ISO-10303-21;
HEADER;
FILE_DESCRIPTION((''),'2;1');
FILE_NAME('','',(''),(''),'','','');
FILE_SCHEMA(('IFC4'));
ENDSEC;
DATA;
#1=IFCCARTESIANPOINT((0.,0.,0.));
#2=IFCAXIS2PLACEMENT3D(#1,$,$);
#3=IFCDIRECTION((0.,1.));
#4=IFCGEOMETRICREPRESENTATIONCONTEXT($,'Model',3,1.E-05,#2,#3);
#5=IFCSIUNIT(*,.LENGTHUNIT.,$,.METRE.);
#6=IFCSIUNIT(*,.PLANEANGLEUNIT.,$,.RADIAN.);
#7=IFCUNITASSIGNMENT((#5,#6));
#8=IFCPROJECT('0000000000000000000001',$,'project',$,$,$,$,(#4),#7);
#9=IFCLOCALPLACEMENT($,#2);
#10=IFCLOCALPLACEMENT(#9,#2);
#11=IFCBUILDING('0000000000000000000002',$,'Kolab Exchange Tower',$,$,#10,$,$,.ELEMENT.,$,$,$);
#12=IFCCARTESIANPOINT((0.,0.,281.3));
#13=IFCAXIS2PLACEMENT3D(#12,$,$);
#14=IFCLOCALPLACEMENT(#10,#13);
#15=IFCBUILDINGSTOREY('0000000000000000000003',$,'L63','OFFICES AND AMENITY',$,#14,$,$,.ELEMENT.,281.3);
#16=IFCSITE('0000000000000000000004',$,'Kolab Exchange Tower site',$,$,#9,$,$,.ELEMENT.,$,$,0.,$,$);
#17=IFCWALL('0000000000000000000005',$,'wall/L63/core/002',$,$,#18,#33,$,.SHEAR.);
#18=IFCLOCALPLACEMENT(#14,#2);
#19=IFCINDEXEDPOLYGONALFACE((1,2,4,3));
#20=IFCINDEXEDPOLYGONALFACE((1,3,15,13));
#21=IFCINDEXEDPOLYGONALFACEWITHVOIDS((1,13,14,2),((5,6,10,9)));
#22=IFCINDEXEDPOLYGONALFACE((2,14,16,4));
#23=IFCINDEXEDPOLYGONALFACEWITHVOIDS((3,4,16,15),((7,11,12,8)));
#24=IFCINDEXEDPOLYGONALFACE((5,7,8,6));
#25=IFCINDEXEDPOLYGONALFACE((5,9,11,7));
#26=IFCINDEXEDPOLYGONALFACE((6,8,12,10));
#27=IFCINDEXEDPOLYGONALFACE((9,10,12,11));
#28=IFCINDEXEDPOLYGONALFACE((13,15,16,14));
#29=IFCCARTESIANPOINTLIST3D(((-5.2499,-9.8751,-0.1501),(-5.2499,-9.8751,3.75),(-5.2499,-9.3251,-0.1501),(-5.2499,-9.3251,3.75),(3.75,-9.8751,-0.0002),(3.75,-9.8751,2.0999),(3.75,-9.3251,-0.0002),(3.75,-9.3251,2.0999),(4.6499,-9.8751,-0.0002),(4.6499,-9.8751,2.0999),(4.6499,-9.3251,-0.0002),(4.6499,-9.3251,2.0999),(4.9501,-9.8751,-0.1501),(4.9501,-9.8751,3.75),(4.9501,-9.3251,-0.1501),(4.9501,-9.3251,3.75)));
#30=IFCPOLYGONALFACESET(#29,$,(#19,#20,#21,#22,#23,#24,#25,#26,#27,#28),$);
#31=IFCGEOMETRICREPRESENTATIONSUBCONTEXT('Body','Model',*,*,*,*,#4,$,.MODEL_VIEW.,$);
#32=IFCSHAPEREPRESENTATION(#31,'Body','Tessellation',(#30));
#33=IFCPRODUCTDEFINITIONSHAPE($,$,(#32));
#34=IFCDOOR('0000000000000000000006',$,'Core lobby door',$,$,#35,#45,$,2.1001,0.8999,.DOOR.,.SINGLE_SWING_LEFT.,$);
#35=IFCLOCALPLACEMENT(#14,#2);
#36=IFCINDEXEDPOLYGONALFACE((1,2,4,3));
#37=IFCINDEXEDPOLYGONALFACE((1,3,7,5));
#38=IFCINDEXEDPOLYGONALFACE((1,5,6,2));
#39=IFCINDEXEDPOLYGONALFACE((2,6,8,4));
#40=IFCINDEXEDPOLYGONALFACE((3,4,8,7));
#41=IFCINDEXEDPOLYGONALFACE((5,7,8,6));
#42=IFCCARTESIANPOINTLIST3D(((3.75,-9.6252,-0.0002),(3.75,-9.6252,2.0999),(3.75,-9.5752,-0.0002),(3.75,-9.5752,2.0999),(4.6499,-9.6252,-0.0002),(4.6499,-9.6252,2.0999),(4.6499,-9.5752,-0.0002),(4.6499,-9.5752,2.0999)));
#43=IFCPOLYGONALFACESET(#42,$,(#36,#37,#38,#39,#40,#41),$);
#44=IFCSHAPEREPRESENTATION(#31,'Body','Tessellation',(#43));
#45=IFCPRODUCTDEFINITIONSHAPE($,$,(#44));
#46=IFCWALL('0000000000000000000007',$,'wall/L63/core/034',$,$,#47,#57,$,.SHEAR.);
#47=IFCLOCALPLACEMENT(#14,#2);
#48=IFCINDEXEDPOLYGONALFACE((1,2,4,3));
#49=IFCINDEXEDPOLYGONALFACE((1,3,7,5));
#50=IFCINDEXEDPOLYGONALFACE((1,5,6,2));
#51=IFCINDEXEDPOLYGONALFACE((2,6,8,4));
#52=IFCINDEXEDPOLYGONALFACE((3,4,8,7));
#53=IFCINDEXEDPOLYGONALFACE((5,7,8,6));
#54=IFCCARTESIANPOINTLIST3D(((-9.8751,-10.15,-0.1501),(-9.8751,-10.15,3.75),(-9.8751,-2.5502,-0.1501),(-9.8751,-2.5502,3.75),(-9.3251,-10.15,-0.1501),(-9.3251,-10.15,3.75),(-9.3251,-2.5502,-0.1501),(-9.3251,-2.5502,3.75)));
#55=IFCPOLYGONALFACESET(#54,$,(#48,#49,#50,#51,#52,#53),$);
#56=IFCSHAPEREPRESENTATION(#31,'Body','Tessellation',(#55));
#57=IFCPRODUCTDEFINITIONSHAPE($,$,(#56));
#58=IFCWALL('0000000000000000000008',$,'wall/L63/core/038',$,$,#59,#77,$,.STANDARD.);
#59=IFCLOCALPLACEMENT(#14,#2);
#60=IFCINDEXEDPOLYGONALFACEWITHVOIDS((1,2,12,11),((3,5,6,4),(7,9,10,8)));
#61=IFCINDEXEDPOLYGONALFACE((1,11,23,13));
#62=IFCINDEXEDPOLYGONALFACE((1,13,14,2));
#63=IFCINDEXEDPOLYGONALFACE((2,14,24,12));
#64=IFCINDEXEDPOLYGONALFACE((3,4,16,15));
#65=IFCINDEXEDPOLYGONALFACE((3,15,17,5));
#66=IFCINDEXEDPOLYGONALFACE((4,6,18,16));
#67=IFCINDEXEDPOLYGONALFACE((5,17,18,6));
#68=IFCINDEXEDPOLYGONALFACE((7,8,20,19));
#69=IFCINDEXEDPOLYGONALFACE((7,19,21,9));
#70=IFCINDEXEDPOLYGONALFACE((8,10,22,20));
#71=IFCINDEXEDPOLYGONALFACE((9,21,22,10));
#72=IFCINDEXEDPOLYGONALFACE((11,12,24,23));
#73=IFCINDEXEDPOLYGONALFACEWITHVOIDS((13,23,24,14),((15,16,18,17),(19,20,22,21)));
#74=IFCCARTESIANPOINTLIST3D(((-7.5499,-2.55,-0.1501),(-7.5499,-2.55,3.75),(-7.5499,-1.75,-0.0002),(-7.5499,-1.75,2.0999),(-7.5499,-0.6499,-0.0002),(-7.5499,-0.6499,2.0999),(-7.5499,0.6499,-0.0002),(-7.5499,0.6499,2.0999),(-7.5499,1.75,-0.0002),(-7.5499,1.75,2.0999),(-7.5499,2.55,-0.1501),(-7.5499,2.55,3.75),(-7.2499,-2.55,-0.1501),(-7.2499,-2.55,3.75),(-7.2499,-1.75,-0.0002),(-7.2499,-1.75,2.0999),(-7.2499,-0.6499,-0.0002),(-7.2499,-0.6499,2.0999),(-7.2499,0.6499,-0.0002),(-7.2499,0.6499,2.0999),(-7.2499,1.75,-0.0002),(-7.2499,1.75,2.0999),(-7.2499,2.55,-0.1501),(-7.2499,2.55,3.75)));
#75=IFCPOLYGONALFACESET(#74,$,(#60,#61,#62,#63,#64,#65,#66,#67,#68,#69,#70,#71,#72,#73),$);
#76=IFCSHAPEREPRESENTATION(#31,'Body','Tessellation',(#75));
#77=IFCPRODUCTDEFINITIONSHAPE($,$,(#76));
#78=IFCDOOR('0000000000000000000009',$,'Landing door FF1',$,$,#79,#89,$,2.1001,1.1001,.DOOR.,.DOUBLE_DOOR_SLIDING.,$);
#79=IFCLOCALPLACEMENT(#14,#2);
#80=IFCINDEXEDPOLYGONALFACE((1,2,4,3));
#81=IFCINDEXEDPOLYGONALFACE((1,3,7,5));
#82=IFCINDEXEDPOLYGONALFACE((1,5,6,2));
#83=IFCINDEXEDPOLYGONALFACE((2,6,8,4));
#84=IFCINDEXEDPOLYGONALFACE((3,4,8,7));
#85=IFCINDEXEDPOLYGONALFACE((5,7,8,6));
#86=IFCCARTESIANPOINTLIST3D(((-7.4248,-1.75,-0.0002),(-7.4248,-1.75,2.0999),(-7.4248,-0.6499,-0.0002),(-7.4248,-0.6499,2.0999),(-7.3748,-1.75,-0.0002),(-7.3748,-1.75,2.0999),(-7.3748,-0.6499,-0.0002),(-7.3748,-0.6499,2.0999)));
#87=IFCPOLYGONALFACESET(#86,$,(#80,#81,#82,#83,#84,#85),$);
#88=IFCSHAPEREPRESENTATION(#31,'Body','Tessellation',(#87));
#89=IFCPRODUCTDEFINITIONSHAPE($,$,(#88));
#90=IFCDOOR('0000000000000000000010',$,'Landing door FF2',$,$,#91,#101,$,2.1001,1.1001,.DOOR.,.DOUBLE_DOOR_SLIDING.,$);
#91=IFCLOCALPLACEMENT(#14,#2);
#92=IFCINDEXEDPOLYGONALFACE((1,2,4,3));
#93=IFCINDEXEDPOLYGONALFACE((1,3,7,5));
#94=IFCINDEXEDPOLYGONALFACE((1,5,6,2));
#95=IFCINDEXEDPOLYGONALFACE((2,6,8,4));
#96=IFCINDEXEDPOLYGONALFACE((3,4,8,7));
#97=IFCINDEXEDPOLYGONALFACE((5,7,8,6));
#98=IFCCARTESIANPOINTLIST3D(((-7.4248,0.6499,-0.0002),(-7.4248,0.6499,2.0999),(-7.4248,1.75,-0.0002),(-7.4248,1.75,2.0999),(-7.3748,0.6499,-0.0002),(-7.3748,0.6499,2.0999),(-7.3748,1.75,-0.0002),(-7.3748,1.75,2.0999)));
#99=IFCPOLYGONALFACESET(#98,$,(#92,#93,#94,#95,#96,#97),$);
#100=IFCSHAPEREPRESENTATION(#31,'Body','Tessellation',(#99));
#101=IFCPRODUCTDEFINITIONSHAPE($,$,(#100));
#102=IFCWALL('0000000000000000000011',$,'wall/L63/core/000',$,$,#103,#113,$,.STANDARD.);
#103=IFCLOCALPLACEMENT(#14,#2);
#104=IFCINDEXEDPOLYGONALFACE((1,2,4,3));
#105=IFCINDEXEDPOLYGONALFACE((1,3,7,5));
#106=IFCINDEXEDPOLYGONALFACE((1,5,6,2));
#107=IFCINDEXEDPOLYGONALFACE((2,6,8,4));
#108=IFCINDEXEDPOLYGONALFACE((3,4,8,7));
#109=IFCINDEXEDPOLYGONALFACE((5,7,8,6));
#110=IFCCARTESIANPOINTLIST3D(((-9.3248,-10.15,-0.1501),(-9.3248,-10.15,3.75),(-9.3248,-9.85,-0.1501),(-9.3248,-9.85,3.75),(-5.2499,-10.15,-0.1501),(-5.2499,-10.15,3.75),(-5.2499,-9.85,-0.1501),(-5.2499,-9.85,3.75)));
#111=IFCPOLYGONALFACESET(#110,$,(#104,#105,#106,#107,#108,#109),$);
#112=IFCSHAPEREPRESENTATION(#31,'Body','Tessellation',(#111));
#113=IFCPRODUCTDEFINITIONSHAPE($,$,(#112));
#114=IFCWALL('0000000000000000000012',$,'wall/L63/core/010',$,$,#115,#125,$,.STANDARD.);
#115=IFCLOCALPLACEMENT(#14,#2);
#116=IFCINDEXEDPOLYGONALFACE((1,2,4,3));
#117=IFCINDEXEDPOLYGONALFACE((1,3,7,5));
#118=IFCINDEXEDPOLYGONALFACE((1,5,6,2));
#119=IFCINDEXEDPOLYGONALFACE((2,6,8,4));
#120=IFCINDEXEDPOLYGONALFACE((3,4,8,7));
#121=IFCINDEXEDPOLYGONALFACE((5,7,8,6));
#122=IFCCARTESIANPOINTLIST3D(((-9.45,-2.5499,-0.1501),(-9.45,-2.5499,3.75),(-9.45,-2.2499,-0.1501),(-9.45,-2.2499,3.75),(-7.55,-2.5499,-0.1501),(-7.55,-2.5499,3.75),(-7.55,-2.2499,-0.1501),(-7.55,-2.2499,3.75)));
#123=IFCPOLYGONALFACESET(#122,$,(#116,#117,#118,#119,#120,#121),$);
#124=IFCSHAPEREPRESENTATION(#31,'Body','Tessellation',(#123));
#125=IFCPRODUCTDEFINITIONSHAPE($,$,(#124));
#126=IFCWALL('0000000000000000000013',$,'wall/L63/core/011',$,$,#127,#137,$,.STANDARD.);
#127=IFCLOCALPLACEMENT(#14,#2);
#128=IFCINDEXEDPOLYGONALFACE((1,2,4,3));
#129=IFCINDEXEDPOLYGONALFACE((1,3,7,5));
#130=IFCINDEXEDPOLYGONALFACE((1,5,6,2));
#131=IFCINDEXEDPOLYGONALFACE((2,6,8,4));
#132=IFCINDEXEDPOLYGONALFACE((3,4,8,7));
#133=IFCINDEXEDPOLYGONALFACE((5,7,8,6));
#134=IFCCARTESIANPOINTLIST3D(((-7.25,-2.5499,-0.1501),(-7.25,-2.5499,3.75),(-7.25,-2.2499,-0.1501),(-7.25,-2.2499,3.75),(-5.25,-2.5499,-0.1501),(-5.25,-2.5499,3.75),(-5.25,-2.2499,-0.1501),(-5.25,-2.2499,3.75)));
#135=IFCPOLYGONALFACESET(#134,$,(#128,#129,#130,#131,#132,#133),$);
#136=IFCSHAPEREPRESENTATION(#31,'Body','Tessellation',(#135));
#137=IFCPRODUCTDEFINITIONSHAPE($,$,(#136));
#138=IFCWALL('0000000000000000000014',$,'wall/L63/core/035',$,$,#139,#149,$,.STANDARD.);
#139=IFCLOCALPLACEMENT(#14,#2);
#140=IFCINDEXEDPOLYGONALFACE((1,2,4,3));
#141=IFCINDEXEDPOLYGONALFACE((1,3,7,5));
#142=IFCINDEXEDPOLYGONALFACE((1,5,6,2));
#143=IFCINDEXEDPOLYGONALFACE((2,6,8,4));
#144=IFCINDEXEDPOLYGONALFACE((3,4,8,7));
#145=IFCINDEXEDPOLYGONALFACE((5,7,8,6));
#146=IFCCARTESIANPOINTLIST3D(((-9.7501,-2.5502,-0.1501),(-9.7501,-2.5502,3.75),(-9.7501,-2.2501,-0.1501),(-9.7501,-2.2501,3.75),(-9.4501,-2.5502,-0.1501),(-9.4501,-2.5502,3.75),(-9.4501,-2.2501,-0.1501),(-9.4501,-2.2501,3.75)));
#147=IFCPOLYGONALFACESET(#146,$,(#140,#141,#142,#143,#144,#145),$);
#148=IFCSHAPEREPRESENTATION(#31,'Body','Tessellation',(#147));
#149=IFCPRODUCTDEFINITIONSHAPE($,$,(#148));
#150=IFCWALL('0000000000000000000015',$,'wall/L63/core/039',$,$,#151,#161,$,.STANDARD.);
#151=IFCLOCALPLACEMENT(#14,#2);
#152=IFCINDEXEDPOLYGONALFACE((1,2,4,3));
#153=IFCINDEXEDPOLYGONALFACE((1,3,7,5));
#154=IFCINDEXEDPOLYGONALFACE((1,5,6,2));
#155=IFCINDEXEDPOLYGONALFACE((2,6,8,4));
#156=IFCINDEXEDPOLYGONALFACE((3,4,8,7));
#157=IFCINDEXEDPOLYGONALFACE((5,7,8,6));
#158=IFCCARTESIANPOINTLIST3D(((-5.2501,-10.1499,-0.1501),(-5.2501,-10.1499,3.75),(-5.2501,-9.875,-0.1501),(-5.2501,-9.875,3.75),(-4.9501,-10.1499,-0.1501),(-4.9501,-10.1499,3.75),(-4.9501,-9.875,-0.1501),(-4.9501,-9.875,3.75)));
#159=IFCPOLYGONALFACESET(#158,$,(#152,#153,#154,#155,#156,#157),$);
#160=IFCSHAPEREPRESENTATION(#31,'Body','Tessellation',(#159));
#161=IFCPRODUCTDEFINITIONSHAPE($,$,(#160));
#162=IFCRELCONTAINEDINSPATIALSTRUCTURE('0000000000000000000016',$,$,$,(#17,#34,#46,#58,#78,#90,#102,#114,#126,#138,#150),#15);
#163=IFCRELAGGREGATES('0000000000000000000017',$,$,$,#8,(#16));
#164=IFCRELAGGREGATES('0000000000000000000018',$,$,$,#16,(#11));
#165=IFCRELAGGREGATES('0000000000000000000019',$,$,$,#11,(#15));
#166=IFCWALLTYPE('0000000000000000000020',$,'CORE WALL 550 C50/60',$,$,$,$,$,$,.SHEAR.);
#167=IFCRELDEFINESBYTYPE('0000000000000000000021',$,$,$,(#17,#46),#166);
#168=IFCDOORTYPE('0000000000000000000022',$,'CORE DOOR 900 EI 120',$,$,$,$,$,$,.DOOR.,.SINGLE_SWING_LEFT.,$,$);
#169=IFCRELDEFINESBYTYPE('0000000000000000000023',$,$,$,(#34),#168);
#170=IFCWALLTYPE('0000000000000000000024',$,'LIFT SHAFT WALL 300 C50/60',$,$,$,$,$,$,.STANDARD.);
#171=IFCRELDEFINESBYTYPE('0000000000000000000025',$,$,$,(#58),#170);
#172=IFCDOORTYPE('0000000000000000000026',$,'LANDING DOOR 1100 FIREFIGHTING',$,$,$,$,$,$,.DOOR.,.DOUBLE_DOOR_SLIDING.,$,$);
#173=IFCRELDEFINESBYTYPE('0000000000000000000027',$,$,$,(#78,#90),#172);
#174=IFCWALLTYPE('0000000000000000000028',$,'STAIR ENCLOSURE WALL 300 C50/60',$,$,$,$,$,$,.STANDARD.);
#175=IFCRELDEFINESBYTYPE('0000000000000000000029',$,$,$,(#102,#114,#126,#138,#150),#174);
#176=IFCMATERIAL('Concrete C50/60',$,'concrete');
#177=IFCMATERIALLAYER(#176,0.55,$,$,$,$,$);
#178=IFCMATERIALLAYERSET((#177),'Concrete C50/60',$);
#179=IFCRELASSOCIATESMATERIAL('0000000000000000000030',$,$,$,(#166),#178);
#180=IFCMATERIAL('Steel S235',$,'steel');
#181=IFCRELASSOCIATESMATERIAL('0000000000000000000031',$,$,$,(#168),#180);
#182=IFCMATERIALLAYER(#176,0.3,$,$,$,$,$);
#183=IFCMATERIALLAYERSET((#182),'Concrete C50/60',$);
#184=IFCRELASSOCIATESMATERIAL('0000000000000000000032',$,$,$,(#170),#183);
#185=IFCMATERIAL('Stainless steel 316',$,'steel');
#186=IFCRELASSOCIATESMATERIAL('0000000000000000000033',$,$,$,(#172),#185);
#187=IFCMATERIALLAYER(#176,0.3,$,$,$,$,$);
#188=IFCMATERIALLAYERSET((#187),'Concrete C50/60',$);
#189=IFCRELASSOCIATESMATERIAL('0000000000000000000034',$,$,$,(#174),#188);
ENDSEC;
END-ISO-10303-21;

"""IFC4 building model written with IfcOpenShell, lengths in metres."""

from ifc_helpers import new_model, si_unit, direction, frame, frame_2d, origin, place, context, subcontext, project, spatial, rectangle, extrude, material, layer, layer_set, type_object, element, fill, save


model = new_model("IFC4")

# Units and contexts
model_context = context("Model", 3, precision=1e-05, world=origin(), true_north=direction((0.0, 1.0)))
body_context = subcontext(model_context, "Body", "Model", "MODEL_VIEW")
ifc_project = project(units=[si_unit("LENGTHUNIT", "METRE"), si_unit("PLANEANGLEUNIT", "RADIAN")], contexts=[model_context])

# Site, building, storey
site_placement = place(None, origin())
site = spatial("IfcSite", under=ifc_project, at=site_placement, Name="Kolab Exchange Tower site", CompositionType="ELEMENT", RefElevation=0.0)
building_placement = place(site_placement, origin())
building = spatial("IfcBuilding", under=site, at=building_placement, Name="Kolab Exchange Tower", CompositionType="ELEMENT")
storey_placement = place(building_placement, frame((0.0, 0.0, 281.3)))
storey = spatial("IfcBuildingStorey", under=building, at=storey_placement, Name="L63", Description="OFFICES AND AMENITY", CompositionType="ELEMENT", Elevation=281.3)

# Wall, opening, door
ifc_material_1 = material(Name="Concrete C50/60", Category="concrete")
ifc_layer_1 = layer(ifc_material_1, 0.55)
ifc_layer_set_1 = layer_set([ifc_layer_1], Name="Concrete C50/60")
wall_type_1 = type_object("IfcWallType", Name="CORE WALL 550 C50/60", PredefinedType="SHEAR", material=ifc_layer_set_1)
wall_1_placement = place(storey_placement, frame((-5.25, -9.6001, -0.1501), z_axis=(0.0, 0.0, 1.0), x_axis=(1.0, 0.0, 0.0)))
wall_1 = element("IfcWall", 1, at=wall_1_placement, inside=storey, type_object=wall_type_1, Name="wall/L63/core/002", PredefinedType="SHEAR", context=body_context, shape_type="SweptSolid", body=[
    extrude(rectangle(XDim=10.2, YDim=0.55, at=frame_2d((5.1001, 0.0))), origin(), (0.0, 0.0, 1.0), 3.9001),
])
opening_1_placement = place(wall_1_placement, frame((9.0, 0.0, 0.1499)))
opening_1 = element("IfcOpeningElement", 2, at=opening_1_placement, cuts=wall_1, PredefinedType="OPENING", context=body_context, shape_type="SweptSolid", body=[
    extrude(rectangle(XDim=0.8999, YDim=2.1001, at=frame_2d((0.45, 1.05))), frame((0.0, 0.2852, 0.0), z_axis=(0.0, -1.0, 0.0), x_axis=(1.0, 0.0, 0.0)), (0.0, 0.0, 1.0), 0.5701),
])
ifc_material_2 = material(Name="Steel S235", Category="steel")
door_type_1 = type_object("IfcDoorType", Name="CORE DOOR 900 EI 120", OperationType="SINGLE_SWING_LEFT", PredefinedType="DOOR", material=ifc_material_2)
door_1_placement = place(opening_1_placement, origin())
door_1 = element("IfcDoor", 3, at=door_1_placement, inside=storey, type_object=door_type_1, Name="Core lobby door", OperationType="SINGLE_SWING_LEFT", OverallHeight=2.1001, OverallWidth=0.8999, PredefinedType="DOOR", context=body_context, shape_type="SweptSolid", body=[
    extrude(rectangle(XDim=0.8999, YDim=2.1001, at=frame_2d((0.45, 1.05))), frame((0.0, 0.0249, 0.0), z_axis=(0.0, -1.0, 0.0), x_axis=(1.0, 0.0, 0.0)), (0.0, 0.0, 1.0), 0.05),
])
fill(opening_1, door_1)

# Wall
wall_2_placement = place(storey_placement, frame((-9.6001, -10.1499, -0.1501), z_axis=(0.0, 0.0, 1.0), x_axis=(0.0, 1.0, 0.0)))
element("IfcWall", 4, at=wall_2_placement, inside=storey, type_object=wall_type_1, Name="wall/L63/core/034", PredefinedType="SHEAR", context=body_context, shape_type="SweptSolid", body=[
    extrude(rectangle(XDim=7.5999, YDim=0.55, at=frame_2d((3.7998, 0.0))), origin(), (0.0, 0.0, 1.0), 3.9001),
])

# Wall, openings, doors
ifc_layer_2 = layer(ifc_material_1, 0.3)
ifc_layer_set_2 = layer_set([ifc_layer_2], Name="Concrete C50/60")
wall_type_2 = type_object("IfcWallType", Name="LIFT SHAFT WALL 300 C50/60", PredefinedType="STANDARD", material=ifc_layer_set_2)
wall_3_placement = place(storey_placement, frame((-7.3999, -2.55, -0.1501), z_axis=(0.0, 0.0, 1.0), x_axis=(0.0, 1.0, 0.0)))
wall_3 = element("IfcWall", 5, at=wall_3_placement, inside=storey, type_object=wall_type_2, Name="wall/L63/core/038", PredefinedType="STANDARD", context=body_context, shape_type="SweptSolid", body=[
    extrude(rectangle(XDim=5.1001, YDim=0.3, at=frame_2d((2.55, 0.0))), origin(), (0.0, 0.0, 1.0), 3.9001),
])
opening_2_placement = place(wall_3_placement, frame((0.8, 0.0, 0.1499)))
opening_2 = element("IfcOpeningElement", 6, at=opening_2_placement, cuts=wall_3, PredefinedType="OPENING", context=body_context, shape_type="SweptSolid", body=[
    extrude(rectangle(XDim=1.1001, YDim=2.1001, at=frame_2d((0.55, 1.05))), frame((0.0, 0.1602, 0.0), z_axis=(0.0, -1.0, 0.0), x_axis=(1.0, 0.0, 0.0)), (0.0, 0.0, 1.0), 0.3201),
])
opening_3_placement = place(wall_3_placement, frame((3.2, 0.0, 0.1499)))
opening_3 = element("IfcOpeningElement", 7, at=opening_3_placement, cuts=wall_3, PredefinedType="OPENING", context=body_context, shape_type="SweptSolid", body=[
    extrude(rectangle(XDim=1.1001, YDim=2.1001, at=frame_2d((0.55, 1.05))), frame((0.0, 0.1602, 0.0), z_axis=(0.0, -1.0, 0.0), x_axis=(1.0, 0.0, 0.0)), (0.0, 0.0, 1.0), 0.3201),
])
ifc_material_3 = material(Name="Stainless steel 316", Category="steel")
door_type_2 = type_object("IfcDoorType", Name="LANDING DOOR 1100 FIREFIGHTING", OperationType="DOUBLE_DOOR_SLIDING", PredefinedType="DOOR", material=ifc_material_3)
door_2_placement = place(opening_2_placement, origin())
door_2 = element("IfcDoor", 8, at=door_2_placement, inside=storey, type_object=door_type_2, Name="Landing door FF1", OperationType="DOUBLE_DOOR_SLIDING", OverallHeight=2.1001, OverallWidth=1.1001, PredefinedType="DOOR", context=body_context, shape_type="SweptSolid", body=[
    extrude(rectangle(XDim=1.1001, YDim=2.1001, at=frame_2d((0.55, 1.05))), frame((0.0, 0.0249, 0.0), z_axis=(0.0, -1.0, 0.0), x_axis=(1.0, 0.0, 0.0)), (0.0, 0.0, 1.0), 0.05),
])
fill(opening_2, door_2)
door_3_placement = place(opening_3_placement, origin())
door_3 = element("IfcDoor", 9, at=door_3_placement, inside=storey, type_object=door_type_2, Name="Landing door FF2", OperationType="DOUBLE_DOOR_SLIDING", OverallHeight=2.1001, OverallWidth=1.1001, PredefinedType="DOOR", context=body_context, shape_type="SweptSolid", body=[
    extrude(rectangle(XDim=1.1001, YDim=2.1001, at=frame_2d((0.55, 1.05))), frame((0.0, 0.0249, 0.0), z_axis=(0.0, -1.0, 0.0), x_axis=(1.0, 0.0, 0.0)), (0.0, 0.0, 1.0), 0.05),
])
fill(opening_3, door_3)

# Walls
ifc_layer_3 = layer(ifc_material_1, 0.3)
ifc_layer_set_3 = layer_set([ifc_layer_3], Name="Concrete C50/60")
wall_type_3 = type_object("IfcWallType", Name="STAIR ENCLOSURE WALL 300 C50/60", PredefinedType="STANDARD", material=ifc_layer_set_3)
wall_4_placement = place(storey_placement, frame((-9.325, -10.0, -0.1501), z_axis=(0.0, 0.0, 1.0), x_axis=(1.0, 0.0, 0.0)))
element("IfcWall", 10, at=wall_4_placement, inside=storey, type_object=wall_type_3, Name="wall/L63/core/000", PredefinedType="STANDARD", context=body_context, shape_type="SweptSolid", body=[
    extrude(rectangle(XDim=4.075, YDim=0.3, at=frame_2d((2.0376, 0.0))), origin(), (0.0, 0.0, 1.0), 3.9001),
])
wall_5_placement = place(storey_placement, frame((-9.45, -2.3999, -0.1501), z_axis=(0.0, 0.0, 1.0), x_axis=(1.0, 0.0, 0.0)))
element("IfcWall", 11, at=wall_5_placement, inside=storey, type_object=wall_type_3, Name="wall/L63/core/010", PredefinedType="STANDARD", context=body_context, shape_type="SweptSolid", body=[
    extrude(rectangle(XDim=1.8999, YDim=0.3, at=frame_2d((0.95, 0.0))), origin(), (0.0, 0.0, 1.0), 3.9001),
])
wall_6_placement = place(storey_placement, frame((-7.25, -2.3999, -0.1501), z_axis=(0.0, 0.0, 1.0), x_axis=(1.0, 0.0, 0.0)))
element("IfcWall", 12, at=wall_6_placement, inside=storey, type_object=wall_type_3, Name="wall/L63/core/011", PredefinedType="STANDARD", context=body_context, shape_type="SweptSolid", body=[
    extrude(rectangle(XDim=2.0, YDim=0.3, at=frame_2d((1.0, 0.0))), origin(), (0.0, 0.0, 1.0), 3.9001),
])
wall_7_placement = place(storey_placement, frame((-9.6001, -2.55, -0.1501), z_axis=(0.0, 0.0, 1.0), x_axis=(0.0, 1.0, 0.0)))
element("IfcWall", 13, at=wall_7_placement, inside=storey, type_object=wall_type_3, Name="wall/L63/core/035", PredefinedType="STANDARD", context=body_context, shape_type="SweptSolid", body=[
    extrude(rectangle(XDim=0.3, YDim=0.3, at=frame_2d((0.1499, 0.0))), origin(), (0.0, 0.0, 1.0), 3.9001),
])
wall_8_placement = place(storey_placement, frame((-5.1001, -10.1499, -0.1501), z_axis=(0.0, 0.0, 1.0), x_axis=(0.0, 1.0, 0.0)))
element("IfcWall", 14, at=wall_8_placement, inside=storey, type_object=wall_type_3, Name="wall/L63/core/039", PredefinedType="STANDARD", context=body_context, shape_type="SweptSolid", body=[
    extrude(rectangle(XDim=0.2749, YDim=0.3, at=frame_2d((0.1375, 0.0))), origin(), (0.0, 0.0, 1.0), 3.9001),
])

save(model, "model.ifc")
